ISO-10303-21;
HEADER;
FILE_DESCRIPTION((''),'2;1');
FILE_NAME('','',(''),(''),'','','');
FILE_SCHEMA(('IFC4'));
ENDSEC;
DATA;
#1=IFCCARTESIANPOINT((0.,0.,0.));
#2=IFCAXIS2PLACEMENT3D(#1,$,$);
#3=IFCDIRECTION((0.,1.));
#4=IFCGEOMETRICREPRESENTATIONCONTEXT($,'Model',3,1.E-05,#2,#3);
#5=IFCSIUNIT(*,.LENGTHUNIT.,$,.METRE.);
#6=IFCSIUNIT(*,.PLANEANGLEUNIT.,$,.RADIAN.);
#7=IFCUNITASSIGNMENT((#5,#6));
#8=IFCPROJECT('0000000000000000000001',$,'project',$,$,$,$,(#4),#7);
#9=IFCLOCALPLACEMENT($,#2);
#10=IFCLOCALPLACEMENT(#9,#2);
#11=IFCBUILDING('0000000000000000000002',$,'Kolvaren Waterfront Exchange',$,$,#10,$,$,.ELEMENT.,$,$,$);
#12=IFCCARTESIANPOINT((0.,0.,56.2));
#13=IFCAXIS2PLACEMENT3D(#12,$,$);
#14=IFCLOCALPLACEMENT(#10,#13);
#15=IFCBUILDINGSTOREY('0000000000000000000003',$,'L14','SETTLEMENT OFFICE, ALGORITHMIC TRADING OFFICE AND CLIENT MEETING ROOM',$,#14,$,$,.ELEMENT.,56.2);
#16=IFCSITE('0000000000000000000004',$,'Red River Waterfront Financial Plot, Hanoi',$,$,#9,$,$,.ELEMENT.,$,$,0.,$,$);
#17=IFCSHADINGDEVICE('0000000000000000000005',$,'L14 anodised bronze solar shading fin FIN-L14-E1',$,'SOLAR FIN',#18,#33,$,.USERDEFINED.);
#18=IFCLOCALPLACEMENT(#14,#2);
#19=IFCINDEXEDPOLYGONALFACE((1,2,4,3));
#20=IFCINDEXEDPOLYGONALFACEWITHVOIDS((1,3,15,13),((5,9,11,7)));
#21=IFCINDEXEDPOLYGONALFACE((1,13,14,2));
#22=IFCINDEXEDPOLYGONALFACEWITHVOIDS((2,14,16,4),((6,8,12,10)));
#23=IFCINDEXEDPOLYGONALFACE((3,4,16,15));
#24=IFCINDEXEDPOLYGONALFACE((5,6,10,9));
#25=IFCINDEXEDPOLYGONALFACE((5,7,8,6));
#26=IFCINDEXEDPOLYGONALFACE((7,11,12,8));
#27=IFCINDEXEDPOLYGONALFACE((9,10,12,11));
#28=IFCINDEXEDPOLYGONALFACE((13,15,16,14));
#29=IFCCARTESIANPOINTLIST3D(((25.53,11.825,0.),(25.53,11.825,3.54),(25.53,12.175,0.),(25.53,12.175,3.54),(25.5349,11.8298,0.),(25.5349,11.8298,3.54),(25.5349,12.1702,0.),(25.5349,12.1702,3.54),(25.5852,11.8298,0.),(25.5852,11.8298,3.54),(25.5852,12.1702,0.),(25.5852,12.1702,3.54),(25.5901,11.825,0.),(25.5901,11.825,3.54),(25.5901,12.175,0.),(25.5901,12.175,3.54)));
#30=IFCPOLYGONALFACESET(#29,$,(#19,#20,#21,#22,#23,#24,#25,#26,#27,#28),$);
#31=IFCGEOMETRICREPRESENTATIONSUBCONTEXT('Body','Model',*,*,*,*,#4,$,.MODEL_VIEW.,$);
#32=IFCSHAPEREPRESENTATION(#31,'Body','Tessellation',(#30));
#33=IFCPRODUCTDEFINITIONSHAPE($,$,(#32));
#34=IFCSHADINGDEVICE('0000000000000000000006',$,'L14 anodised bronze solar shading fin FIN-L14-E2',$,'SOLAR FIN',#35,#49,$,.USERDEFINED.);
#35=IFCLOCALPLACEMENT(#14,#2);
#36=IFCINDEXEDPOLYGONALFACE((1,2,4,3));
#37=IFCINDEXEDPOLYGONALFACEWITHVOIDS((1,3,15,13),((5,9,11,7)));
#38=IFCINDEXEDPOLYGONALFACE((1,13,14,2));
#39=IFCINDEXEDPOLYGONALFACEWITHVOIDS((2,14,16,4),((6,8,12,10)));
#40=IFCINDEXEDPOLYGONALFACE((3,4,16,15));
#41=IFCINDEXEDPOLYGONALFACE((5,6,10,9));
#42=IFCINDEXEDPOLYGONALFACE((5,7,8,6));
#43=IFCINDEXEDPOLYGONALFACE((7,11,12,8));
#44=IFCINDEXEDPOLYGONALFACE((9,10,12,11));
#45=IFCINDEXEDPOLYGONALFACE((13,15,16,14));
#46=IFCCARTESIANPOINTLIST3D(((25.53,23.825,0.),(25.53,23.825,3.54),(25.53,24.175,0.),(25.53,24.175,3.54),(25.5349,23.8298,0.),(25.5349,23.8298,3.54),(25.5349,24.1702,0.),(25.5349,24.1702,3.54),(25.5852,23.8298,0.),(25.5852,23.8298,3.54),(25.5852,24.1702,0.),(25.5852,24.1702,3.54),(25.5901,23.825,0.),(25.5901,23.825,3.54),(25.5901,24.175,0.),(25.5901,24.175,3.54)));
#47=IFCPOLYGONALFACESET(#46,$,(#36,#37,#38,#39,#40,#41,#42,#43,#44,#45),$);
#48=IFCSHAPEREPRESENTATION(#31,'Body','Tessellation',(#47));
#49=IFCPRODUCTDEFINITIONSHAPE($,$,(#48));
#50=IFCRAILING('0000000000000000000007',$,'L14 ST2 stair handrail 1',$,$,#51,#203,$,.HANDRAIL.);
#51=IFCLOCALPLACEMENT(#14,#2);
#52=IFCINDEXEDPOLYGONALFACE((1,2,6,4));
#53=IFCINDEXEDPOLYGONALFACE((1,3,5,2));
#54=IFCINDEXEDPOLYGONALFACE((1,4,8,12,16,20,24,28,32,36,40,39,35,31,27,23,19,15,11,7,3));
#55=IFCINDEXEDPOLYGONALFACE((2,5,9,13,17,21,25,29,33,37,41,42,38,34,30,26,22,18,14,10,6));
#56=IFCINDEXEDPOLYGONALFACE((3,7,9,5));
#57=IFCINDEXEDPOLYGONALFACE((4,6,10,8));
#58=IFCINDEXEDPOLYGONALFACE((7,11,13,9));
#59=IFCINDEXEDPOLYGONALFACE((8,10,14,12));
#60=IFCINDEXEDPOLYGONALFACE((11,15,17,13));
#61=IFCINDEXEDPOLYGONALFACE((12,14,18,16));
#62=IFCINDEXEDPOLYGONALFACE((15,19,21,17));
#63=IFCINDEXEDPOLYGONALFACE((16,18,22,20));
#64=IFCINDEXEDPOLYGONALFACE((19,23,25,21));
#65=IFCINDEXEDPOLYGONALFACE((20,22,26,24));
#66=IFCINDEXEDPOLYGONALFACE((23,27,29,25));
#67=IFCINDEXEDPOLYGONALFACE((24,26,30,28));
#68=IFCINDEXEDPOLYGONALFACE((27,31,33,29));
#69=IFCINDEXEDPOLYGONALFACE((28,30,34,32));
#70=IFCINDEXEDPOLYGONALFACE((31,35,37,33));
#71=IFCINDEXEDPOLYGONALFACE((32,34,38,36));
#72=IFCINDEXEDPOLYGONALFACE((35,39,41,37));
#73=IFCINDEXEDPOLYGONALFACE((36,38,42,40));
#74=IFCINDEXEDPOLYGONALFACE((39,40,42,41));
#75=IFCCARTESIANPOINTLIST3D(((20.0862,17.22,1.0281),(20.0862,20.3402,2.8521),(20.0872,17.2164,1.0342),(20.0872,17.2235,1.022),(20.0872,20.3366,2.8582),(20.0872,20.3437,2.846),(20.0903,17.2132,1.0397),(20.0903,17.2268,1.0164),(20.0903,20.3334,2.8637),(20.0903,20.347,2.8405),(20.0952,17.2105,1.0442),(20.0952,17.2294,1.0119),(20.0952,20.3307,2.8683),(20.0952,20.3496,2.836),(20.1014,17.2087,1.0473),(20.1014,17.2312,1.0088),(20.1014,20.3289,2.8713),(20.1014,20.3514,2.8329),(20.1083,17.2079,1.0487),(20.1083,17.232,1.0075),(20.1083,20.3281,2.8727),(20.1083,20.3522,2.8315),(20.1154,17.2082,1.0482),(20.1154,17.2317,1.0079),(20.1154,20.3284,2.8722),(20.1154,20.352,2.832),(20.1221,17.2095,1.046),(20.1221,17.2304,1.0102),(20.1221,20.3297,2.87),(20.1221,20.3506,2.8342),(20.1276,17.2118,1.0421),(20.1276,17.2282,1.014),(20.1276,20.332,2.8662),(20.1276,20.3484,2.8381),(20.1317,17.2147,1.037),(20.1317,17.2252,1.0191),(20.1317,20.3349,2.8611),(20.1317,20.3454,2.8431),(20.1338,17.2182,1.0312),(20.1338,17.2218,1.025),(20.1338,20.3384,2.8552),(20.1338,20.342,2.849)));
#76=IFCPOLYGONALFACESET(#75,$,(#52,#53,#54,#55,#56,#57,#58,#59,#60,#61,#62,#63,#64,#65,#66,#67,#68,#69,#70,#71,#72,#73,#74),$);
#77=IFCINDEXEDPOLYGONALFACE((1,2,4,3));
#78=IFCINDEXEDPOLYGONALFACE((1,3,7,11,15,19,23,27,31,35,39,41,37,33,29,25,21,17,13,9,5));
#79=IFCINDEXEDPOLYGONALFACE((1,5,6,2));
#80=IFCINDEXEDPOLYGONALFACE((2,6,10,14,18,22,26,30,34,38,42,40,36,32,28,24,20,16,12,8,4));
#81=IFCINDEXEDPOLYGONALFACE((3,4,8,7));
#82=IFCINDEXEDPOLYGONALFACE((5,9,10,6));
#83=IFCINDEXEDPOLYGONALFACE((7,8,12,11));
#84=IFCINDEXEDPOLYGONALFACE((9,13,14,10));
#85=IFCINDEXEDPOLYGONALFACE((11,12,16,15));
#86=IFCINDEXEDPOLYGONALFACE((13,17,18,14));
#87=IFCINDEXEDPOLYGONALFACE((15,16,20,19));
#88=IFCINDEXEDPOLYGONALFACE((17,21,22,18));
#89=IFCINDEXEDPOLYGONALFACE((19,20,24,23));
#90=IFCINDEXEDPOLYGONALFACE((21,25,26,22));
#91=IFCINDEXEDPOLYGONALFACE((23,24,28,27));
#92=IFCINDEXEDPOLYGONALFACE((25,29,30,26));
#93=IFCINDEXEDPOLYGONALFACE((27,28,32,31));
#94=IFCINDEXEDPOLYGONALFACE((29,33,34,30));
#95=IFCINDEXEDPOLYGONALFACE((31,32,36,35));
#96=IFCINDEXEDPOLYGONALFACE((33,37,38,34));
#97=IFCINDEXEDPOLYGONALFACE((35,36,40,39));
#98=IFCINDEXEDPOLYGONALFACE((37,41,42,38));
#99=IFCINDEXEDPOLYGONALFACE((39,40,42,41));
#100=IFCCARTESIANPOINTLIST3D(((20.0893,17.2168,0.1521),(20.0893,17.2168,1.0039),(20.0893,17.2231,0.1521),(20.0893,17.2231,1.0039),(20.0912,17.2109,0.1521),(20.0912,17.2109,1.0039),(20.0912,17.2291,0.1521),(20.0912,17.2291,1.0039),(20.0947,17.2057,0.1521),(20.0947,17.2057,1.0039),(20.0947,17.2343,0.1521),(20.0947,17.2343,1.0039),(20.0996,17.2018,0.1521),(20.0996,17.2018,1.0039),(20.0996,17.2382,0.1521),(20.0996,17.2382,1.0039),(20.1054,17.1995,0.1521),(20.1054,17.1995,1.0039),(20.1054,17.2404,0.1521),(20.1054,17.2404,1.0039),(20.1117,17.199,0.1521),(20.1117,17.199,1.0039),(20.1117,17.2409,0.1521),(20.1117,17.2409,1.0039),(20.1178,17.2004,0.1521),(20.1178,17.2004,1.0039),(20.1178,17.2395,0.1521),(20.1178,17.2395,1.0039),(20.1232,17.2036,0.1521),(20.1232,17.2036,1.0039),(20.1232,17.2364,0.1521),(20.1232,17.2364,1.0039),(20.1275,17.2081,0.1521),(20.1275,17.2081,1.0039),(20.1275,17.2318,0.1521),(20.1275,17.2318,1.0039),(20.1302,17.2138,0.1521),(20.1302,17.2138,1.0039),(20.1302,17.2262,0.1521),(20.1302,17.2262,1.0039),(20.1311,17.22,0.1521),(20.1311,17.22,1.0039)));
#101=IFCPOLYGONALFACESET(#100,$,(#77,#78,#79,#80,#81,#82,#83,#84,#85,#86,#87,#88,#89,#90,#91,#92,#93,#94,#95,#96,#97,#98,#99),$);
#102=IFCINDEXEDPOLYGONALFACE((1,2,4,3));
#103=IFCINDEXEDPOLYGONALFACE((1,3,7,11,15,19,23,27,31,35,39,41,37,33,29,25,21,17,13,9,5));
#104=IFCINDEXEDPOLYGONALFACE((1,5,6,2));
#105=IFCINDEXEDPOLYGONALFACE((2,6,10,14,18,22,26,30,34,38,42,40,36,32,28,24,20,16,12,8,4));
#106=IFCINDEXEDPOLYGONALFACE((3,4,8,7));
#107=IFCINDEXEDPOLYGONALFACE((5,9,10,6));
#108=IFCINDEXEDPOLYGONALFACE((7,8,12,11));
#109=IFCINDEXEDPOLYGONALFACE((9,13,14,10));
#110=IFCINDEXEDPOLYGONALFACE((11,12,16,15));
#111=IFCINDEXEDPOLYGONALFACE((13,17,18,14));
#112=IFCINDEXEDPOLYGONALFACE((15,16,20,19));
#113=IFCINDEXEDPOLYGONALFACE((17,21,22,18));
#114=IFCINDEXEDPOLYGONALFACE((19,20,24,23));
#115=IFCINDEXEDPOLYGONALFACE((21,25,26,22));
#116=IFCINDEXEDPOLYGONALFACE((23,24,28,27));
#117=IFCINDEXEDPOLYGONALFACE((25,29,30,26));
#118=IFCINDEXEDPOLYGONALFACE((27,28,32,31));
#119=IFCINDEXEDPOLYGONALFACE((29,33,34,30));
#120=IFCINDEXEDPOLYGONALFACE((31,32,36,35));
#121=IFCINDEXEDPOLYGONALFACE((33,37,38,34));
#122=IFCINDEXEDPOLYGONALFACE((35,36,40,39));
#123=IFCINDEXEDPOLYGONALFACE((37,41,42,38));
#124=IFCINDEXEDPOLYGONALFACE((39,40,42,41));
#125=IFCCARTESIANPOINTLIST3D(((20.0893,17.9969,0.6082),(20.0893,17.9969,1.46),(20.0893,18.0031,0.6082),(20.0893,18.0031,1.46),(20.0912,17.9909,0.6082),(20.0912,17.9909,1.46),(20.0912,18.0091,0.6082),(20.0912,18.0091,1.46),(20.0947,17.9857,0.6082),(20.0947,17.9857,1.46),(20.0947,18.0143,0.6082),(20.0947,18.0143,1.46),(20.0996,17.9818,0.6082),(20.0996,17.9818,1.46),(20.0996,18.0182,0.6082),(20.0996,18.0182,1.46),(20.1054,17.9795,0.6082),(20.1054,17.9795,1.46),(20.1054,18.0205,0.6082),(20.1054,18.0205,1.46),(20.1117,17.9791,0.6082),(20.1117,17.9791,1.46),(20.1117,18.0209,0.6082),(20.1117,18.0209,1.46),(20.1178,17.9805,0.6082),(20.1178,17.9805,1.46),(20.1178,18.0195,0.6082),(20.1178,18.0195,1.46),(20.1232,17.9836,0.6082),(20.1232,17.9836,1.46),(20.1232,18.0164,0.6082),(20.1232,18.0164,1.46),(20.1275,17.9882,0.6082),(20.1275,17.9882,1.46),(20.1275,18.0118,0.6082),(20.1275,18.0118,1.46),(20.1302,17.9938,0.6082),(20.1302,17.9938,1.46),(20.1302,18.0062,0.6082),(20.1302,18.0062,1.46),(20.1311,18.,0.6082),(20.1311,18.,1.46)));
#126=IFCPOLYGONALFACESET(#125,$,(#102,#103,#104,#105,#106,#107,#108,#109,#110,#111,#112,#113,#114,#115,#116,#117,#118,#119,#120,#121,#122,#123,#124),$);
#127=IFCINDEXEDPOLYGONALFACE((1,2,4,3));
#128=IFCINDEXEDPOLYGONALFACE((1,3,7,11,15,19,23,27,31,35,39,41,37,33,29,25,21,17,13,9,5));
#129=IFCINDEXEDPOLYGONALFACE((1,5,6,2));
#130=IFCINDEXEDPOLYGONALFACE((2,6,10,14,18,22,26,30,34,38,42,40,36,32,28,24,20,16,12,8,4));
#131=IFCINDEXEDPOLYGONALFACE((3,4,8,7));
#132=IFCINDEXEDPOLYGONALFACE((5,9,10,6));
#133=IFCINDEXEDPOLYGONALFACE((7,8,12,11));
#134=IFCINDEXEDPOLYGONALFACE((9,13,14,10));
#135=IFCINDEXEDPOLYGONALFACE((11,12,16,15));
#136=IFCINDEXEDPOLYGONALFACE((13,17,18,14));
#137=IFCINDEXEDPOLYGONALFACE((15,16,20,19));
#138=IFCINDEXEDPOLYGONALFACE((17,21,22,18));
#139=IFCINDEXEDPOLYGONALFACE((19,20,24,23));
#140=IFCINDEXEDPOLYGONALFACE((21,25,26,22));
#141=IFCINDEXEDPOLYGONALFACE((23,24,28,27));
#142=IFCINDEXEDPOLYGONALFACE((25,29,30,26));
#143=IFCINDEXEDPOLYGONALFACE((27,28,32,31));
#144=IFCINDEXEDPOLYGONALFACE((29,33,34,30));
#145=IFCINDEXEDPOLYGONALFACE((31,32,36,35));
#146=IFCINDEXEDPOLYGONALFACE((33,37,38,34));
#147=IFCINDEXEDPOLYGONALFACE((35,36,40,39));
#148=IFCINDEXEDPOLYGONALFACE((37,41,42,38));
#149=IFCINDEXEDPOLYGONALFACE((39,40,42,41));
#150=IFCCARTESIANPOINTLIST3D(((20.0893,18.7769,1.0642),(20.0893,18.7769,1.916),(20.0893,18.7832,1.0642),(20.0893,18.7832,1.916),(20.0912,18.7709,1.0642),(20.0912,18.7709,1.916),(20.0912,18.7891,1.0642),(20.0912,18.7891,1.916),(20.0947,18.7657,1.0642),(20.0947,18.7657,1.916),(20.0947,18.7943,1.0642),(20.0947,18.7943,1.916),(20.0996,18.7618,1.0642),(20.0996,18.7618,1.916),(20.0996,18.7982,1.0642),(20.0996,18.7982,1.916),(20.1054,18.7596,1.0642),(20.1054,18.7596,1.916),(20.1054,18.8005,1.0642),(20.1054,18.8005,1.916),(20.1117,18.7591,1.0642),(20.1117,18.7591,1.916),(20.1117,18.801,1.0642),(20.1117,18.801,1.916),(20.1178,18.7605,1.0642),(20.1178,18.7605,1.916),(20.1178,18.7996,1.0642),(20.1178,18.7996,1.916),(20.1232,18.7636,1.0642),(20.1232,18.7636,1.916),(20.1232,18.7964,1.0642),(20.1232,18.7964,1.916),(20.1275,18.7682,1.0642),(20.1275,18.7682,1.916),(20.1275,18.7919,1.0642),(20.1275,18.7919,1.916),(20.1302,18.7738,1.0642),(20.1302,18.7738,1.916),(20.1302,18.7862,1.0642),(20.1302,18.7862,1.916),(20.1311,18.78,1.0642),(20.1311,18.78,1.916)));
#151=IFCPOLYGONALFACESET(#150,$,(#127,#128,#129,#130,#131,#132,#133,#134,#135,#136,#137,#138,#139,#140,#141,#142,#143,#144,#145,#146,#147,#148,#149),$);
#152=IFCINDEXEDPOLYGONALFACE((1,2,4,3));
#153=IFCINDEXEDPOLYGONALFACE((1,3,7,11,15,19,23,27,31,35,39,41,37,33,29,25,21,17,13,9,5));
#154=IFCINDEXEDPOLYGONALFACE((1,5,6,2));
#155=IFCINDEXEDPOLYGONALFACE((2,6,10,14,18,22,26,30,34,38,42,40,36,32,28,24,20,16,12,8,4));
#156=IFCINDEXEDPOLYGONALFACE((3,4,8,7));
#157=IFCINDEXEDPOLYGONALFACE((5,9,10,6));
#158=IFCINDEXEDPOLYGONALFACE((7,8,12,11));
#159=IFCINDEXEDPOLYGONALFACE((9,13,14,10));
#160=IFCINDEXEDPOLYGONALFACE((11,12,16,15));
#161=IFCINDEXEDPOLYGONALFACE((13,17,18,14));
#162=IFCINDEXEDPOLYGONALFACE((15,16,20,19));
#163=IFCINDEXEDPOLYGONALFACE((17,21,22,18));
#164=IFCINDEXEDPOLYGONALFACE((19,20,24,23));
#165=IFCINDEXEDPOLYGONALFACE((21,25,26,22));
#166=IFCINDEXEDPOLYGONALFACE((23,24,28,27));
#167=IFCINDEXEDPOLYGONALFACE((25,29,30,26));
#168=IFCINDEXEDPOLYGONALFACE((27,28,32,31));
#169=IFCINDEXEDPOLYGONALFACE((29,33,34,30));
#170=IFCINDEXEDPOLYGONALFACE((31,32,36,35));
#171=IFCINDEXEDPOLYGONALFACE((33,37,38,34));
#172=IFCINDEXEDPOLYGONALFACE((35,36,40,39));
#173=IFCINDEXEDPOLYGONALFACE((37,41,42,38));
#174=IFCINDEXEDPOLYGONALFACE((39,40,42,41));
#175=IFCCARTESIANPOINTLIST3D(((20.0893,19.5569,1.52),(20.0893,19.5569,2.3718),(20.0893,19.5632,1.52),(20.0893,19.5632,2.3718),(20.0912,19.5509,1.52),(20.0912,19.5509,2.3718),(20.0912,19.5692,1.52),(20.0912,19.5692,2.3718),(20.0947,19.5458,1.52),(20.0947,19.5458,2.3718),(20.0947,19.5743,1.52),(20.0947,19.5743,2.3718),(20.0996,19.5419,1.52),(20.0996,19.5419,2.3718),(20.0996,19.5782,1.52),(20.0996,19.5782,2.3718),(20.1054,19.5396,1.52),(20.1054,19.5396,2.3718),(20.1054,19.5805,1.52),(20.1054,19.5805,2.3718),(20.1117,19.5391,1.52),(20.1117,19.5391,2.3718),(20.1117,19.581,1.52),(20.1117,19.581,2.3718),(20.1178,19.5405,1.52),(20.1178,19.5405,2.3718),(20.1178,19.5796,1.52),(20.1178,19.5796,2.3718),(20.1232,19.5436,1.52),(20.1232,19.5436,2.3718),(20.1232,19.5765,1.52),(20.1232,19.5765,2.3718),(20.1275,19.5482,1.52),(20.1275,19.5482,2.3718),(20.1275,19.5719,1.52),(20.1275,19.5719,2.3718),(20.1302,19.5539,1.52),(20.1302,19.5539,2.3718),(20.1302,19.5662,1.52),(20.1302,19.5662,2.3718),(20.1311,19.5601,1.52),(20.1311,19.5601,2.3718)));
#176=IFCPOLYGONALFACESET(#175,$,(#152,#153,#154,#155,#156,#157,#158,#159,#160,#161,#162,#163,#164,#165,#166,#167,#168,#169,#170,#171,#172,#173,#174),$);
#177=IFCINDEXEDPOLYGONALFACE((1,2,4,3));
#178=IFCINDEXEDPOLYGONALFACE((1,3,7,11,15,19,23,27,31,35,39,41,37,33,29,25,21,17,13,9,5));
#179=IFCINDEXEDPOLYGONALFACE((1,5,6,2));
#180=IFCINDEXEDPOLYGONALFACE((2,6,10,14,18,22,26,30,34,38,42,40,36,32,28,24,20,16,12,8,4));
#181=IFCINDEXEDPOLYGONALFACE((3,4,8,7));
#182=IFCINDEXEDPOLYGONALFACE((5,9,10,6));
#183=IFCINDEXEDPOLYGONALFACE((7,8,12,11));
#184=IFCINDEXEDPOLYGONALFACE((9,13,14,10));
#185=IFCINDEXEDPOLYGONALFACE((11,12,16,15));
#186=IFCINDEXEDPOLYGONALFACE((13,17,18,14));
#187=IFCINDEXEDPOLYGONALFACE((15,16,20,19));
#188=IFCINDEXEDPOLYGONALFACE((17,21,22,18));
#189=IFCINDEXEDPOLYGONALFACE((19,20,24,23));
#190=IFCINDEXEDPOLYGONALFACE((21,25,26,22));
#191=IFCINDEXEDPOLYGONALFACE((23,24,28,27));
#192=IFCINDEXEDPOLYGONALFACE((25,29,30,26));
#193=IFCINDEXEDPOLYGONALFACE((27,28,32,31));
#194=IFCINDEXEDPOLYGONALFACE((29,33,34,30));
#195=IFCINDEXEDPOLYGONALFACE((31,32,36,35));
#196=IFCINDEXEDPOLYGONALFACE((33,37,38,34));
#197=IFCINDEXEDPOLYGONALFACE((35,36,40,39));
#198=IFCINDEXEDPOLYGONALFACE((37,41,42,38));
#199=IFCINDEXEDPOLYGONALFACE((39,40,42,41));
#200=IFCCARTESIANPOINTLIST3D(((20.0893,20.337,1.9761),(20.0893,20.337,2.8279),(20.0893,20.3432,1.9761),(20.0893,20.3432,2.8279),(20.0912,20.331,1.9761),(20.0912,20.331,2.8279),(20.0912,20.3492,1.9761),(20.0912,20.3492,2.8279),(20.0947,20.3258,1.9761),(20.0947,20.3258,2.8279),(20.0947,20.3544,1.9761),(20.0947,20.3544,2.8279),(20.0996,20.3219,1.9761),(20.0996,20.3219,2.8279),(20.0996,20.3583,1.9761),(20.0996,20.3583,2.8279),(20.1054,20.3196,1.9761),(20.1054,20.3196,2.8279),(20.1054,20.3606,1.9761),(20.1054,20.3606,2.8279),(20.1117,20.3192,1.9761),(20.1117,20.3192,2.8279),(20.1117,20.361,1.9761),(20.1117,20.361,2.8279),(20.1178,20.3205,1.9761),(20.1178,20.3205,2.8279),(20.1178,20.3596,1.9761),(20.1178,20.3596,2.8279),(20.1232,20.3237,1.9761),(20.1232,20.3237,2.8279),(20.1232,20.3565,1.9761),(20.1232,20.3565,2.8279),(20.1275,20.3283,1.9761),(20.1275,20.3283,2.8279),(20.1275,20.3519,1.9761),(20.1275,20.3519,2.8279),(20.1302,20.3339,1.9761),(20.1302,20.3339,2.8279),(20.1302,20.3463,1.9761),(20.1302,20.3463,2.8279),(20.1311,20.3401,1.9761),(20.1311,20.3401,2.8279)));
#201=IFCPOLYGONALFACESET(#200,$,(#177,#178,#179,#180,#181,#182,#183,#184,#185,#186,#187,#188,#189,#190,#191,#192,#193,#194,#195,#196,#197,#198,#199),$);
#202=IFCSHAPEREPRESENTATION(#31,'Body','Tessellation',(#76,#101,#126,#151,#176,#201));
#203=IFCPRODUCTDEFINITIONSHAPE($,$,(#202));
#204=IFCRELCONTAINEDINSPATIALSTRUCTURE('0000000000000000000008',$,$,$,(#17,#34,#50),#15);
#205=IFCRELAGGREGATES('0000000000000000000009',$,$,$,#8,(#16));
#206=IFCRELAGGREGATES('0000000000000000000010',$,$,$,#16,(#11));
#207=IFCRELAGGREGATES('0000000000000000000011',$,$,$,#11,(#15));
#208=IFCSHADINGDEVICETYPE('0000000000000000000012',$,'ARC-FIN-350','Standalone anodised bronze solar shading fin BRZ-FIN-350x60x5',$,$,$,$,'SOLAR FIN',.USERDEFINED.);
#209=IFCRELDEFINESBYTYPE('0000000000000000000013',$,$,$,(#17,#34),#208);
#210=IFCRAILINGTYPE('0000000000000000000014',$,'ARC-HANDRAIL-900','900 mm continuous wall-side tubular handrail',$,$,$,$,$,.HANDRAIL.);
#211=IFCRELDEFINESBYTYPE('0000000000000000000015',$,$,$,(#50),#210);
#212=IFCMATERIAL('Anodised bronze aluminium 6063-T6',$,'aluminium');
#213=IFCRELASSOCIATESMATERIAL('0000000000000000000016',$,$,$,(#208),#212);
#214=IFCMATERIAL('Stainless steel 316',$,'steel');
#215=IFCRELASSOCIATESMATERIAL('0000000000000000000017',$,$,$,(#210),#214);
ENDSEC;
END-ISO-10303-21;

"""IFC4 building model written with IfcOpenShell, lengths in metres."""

from ifc_helpers import new_model, si_unit, direction, frame, origin, origin_2d, place, context, subcontext, project, spatial, hollow_rectangle, circle, extrude, material, material_profile, profile_set, type_object, element, save


model = new_model("IFC4")

# Units and contexts
model_context = context("Model", 3, precision=1e-05, world=origin(), true_north=direction((0.0, 1.0)))
body_context = subcontext(model_context, "Body", "Model", "MODEL_VIEW")
ifc_project = project(units=[si_unit("LENGTHUNIT", "METRE"), si_unit("PLANEANGLEUNIT", "RADIAN")], contexts=[model_context])

# Site, building, storey
site_placement = place(None, origin())
site = spatial("IfcSite", under=ifc_project, at=site_placement, Name="Red River Waterfront Financial Plot, Hanoi", CompositionType="ELEMENT", RefElevation=0.0)
building_placement = place(site_placement, origin())
building = spatial("IfcBuilding", under=site, at=building_placement, Name="Kolvaren Waterfront Exchange", CompositionType="ELEMENT")
storey_placement = place(building_placement, frame((0.0, 0.0, 56.2)))
storey = spatial("IfcBuildingStorey", under=building, at=storey_placement, Name="L14", Description="SETTLEMENT OFFICE, ALGORITHMIC TRADING OFFICE AND CLIENT MEETING ROOM", CompositionType="ELEMENT", Elevation=56.2)

# Shading devices
ifc_material_1 = material(Name="Anodised bronze aluminium 6063-T6", Category="aluminium")
ifc_material_profile_1 = material_profile(ifc_material_1, hollow_rectangle(XDim=0.0601, YDim=0.3501, WallThickness=0.0049, at=origin_2d()), Name="BRZ-FIN-350x60x5")
ifc_profile_set_1 = profile_set([ifc_material_profile_1], Name="Anodised bronze aluminium 6063-T6")
shading_device_type = type_object("IfcShadingDeviceType", Name="ARC-FIN-350", Description="Standalone anodised bronze solar shading fin BRZ-FIN-350x60x5", ElementType="SOLAR FIN", PredefinedType="USERDEFINED", material=ifc_profile_set_1)
for number, where, z_axis, x_axis, name in (
    (1, (25.5601, 12.0, 0.0), (0.0, 0.0, 1.0), (1.0, 0.0, 0.0), "L14 anodised bronze solar shading fin FIN-L14-E1"),
    (2, (25.5601, 24.0, 0.0), (0.0, 0.0, 1.0), (1.0, 0.0, 0.0), "L14 anodised bronze solar shading fin FIN-L14-E2"),
):
    element("IfcShadingDevice", number, at=place(storey_placement, frame(where, z_axis=z_axis, x_axis=x_axis)), inside=storey, type_object=shading_device_type, Name=name, ObjectType="SOLAR FIN", PredefinedType="USERDEFINED", context=body_context, shape_type="SweptSolid", body=[
        extrude(hollow_rectangle(XDim=0.0601, YDim=0.3501, WallThickness=0.0049, at=origin_2d()), origin(), (0.0, 0.0, 1.0), 3.54),
    ])

# Railing
ifc_material_2 = material(Name="Stainless steel 316", Category="steel")
railing_type = type_object("IfcRailingType", Name="ARC-HANDRAIL-900", Description="900 mm continuous wall-side tubular handrail", PredefinedType="HANDRAIL", material=ifc_material_2)
railing_1_placement = place(storey_placement, frame((20.1101, 17.22, 0.1521)))
element("IfcRailing", 3, at=railing_1_placement, inside=storey, type_object=railing_type, Name="L14 ST2 stair handrail 1", PredefinedType="HANDRAIL", context=body_context, shape_type="SweptSolid", body=[
    extrude(circle(Radius=0.0239, at=origin_2d()), frame((0.0, 0.0, 0.876), z_axis=(0.0, 0.863308, 0.504677), x_axis=(-1.0, 0.0, 0.0)), (0.0, 0.0, 1.0), 3.6143),
    extrude(circle(Radius=0.021, at=origin_2d()), origin(), (0.0, 0.0, 1.0), 0.8518),
    extrude(circle(Radius=0.021, at=origin_2d()), frame((0.0, 0.78, 0.4561)), (0.0, 0.0, 1.0), 0.8518),
    extrude(circle(Radius=0.021, at=origin_2d()), frame((0.0, 1.5601, 0.9121)), (0.0, 0.0, 1.0), 0.8518),
    extrude(circle(Radius=0.021, at=origin_2d()), frame((0.0, 2.3401, 1.3679)), (0.0, 0.0, 1.0), 0.8518),
    extrude(circle(Radius=0.021, at=origin_2d()), frame((0.0, 3.1201, 1.824)), (0.0, 0.0, 1.0), 0.8518),
])

save(model, "model.ifc")
